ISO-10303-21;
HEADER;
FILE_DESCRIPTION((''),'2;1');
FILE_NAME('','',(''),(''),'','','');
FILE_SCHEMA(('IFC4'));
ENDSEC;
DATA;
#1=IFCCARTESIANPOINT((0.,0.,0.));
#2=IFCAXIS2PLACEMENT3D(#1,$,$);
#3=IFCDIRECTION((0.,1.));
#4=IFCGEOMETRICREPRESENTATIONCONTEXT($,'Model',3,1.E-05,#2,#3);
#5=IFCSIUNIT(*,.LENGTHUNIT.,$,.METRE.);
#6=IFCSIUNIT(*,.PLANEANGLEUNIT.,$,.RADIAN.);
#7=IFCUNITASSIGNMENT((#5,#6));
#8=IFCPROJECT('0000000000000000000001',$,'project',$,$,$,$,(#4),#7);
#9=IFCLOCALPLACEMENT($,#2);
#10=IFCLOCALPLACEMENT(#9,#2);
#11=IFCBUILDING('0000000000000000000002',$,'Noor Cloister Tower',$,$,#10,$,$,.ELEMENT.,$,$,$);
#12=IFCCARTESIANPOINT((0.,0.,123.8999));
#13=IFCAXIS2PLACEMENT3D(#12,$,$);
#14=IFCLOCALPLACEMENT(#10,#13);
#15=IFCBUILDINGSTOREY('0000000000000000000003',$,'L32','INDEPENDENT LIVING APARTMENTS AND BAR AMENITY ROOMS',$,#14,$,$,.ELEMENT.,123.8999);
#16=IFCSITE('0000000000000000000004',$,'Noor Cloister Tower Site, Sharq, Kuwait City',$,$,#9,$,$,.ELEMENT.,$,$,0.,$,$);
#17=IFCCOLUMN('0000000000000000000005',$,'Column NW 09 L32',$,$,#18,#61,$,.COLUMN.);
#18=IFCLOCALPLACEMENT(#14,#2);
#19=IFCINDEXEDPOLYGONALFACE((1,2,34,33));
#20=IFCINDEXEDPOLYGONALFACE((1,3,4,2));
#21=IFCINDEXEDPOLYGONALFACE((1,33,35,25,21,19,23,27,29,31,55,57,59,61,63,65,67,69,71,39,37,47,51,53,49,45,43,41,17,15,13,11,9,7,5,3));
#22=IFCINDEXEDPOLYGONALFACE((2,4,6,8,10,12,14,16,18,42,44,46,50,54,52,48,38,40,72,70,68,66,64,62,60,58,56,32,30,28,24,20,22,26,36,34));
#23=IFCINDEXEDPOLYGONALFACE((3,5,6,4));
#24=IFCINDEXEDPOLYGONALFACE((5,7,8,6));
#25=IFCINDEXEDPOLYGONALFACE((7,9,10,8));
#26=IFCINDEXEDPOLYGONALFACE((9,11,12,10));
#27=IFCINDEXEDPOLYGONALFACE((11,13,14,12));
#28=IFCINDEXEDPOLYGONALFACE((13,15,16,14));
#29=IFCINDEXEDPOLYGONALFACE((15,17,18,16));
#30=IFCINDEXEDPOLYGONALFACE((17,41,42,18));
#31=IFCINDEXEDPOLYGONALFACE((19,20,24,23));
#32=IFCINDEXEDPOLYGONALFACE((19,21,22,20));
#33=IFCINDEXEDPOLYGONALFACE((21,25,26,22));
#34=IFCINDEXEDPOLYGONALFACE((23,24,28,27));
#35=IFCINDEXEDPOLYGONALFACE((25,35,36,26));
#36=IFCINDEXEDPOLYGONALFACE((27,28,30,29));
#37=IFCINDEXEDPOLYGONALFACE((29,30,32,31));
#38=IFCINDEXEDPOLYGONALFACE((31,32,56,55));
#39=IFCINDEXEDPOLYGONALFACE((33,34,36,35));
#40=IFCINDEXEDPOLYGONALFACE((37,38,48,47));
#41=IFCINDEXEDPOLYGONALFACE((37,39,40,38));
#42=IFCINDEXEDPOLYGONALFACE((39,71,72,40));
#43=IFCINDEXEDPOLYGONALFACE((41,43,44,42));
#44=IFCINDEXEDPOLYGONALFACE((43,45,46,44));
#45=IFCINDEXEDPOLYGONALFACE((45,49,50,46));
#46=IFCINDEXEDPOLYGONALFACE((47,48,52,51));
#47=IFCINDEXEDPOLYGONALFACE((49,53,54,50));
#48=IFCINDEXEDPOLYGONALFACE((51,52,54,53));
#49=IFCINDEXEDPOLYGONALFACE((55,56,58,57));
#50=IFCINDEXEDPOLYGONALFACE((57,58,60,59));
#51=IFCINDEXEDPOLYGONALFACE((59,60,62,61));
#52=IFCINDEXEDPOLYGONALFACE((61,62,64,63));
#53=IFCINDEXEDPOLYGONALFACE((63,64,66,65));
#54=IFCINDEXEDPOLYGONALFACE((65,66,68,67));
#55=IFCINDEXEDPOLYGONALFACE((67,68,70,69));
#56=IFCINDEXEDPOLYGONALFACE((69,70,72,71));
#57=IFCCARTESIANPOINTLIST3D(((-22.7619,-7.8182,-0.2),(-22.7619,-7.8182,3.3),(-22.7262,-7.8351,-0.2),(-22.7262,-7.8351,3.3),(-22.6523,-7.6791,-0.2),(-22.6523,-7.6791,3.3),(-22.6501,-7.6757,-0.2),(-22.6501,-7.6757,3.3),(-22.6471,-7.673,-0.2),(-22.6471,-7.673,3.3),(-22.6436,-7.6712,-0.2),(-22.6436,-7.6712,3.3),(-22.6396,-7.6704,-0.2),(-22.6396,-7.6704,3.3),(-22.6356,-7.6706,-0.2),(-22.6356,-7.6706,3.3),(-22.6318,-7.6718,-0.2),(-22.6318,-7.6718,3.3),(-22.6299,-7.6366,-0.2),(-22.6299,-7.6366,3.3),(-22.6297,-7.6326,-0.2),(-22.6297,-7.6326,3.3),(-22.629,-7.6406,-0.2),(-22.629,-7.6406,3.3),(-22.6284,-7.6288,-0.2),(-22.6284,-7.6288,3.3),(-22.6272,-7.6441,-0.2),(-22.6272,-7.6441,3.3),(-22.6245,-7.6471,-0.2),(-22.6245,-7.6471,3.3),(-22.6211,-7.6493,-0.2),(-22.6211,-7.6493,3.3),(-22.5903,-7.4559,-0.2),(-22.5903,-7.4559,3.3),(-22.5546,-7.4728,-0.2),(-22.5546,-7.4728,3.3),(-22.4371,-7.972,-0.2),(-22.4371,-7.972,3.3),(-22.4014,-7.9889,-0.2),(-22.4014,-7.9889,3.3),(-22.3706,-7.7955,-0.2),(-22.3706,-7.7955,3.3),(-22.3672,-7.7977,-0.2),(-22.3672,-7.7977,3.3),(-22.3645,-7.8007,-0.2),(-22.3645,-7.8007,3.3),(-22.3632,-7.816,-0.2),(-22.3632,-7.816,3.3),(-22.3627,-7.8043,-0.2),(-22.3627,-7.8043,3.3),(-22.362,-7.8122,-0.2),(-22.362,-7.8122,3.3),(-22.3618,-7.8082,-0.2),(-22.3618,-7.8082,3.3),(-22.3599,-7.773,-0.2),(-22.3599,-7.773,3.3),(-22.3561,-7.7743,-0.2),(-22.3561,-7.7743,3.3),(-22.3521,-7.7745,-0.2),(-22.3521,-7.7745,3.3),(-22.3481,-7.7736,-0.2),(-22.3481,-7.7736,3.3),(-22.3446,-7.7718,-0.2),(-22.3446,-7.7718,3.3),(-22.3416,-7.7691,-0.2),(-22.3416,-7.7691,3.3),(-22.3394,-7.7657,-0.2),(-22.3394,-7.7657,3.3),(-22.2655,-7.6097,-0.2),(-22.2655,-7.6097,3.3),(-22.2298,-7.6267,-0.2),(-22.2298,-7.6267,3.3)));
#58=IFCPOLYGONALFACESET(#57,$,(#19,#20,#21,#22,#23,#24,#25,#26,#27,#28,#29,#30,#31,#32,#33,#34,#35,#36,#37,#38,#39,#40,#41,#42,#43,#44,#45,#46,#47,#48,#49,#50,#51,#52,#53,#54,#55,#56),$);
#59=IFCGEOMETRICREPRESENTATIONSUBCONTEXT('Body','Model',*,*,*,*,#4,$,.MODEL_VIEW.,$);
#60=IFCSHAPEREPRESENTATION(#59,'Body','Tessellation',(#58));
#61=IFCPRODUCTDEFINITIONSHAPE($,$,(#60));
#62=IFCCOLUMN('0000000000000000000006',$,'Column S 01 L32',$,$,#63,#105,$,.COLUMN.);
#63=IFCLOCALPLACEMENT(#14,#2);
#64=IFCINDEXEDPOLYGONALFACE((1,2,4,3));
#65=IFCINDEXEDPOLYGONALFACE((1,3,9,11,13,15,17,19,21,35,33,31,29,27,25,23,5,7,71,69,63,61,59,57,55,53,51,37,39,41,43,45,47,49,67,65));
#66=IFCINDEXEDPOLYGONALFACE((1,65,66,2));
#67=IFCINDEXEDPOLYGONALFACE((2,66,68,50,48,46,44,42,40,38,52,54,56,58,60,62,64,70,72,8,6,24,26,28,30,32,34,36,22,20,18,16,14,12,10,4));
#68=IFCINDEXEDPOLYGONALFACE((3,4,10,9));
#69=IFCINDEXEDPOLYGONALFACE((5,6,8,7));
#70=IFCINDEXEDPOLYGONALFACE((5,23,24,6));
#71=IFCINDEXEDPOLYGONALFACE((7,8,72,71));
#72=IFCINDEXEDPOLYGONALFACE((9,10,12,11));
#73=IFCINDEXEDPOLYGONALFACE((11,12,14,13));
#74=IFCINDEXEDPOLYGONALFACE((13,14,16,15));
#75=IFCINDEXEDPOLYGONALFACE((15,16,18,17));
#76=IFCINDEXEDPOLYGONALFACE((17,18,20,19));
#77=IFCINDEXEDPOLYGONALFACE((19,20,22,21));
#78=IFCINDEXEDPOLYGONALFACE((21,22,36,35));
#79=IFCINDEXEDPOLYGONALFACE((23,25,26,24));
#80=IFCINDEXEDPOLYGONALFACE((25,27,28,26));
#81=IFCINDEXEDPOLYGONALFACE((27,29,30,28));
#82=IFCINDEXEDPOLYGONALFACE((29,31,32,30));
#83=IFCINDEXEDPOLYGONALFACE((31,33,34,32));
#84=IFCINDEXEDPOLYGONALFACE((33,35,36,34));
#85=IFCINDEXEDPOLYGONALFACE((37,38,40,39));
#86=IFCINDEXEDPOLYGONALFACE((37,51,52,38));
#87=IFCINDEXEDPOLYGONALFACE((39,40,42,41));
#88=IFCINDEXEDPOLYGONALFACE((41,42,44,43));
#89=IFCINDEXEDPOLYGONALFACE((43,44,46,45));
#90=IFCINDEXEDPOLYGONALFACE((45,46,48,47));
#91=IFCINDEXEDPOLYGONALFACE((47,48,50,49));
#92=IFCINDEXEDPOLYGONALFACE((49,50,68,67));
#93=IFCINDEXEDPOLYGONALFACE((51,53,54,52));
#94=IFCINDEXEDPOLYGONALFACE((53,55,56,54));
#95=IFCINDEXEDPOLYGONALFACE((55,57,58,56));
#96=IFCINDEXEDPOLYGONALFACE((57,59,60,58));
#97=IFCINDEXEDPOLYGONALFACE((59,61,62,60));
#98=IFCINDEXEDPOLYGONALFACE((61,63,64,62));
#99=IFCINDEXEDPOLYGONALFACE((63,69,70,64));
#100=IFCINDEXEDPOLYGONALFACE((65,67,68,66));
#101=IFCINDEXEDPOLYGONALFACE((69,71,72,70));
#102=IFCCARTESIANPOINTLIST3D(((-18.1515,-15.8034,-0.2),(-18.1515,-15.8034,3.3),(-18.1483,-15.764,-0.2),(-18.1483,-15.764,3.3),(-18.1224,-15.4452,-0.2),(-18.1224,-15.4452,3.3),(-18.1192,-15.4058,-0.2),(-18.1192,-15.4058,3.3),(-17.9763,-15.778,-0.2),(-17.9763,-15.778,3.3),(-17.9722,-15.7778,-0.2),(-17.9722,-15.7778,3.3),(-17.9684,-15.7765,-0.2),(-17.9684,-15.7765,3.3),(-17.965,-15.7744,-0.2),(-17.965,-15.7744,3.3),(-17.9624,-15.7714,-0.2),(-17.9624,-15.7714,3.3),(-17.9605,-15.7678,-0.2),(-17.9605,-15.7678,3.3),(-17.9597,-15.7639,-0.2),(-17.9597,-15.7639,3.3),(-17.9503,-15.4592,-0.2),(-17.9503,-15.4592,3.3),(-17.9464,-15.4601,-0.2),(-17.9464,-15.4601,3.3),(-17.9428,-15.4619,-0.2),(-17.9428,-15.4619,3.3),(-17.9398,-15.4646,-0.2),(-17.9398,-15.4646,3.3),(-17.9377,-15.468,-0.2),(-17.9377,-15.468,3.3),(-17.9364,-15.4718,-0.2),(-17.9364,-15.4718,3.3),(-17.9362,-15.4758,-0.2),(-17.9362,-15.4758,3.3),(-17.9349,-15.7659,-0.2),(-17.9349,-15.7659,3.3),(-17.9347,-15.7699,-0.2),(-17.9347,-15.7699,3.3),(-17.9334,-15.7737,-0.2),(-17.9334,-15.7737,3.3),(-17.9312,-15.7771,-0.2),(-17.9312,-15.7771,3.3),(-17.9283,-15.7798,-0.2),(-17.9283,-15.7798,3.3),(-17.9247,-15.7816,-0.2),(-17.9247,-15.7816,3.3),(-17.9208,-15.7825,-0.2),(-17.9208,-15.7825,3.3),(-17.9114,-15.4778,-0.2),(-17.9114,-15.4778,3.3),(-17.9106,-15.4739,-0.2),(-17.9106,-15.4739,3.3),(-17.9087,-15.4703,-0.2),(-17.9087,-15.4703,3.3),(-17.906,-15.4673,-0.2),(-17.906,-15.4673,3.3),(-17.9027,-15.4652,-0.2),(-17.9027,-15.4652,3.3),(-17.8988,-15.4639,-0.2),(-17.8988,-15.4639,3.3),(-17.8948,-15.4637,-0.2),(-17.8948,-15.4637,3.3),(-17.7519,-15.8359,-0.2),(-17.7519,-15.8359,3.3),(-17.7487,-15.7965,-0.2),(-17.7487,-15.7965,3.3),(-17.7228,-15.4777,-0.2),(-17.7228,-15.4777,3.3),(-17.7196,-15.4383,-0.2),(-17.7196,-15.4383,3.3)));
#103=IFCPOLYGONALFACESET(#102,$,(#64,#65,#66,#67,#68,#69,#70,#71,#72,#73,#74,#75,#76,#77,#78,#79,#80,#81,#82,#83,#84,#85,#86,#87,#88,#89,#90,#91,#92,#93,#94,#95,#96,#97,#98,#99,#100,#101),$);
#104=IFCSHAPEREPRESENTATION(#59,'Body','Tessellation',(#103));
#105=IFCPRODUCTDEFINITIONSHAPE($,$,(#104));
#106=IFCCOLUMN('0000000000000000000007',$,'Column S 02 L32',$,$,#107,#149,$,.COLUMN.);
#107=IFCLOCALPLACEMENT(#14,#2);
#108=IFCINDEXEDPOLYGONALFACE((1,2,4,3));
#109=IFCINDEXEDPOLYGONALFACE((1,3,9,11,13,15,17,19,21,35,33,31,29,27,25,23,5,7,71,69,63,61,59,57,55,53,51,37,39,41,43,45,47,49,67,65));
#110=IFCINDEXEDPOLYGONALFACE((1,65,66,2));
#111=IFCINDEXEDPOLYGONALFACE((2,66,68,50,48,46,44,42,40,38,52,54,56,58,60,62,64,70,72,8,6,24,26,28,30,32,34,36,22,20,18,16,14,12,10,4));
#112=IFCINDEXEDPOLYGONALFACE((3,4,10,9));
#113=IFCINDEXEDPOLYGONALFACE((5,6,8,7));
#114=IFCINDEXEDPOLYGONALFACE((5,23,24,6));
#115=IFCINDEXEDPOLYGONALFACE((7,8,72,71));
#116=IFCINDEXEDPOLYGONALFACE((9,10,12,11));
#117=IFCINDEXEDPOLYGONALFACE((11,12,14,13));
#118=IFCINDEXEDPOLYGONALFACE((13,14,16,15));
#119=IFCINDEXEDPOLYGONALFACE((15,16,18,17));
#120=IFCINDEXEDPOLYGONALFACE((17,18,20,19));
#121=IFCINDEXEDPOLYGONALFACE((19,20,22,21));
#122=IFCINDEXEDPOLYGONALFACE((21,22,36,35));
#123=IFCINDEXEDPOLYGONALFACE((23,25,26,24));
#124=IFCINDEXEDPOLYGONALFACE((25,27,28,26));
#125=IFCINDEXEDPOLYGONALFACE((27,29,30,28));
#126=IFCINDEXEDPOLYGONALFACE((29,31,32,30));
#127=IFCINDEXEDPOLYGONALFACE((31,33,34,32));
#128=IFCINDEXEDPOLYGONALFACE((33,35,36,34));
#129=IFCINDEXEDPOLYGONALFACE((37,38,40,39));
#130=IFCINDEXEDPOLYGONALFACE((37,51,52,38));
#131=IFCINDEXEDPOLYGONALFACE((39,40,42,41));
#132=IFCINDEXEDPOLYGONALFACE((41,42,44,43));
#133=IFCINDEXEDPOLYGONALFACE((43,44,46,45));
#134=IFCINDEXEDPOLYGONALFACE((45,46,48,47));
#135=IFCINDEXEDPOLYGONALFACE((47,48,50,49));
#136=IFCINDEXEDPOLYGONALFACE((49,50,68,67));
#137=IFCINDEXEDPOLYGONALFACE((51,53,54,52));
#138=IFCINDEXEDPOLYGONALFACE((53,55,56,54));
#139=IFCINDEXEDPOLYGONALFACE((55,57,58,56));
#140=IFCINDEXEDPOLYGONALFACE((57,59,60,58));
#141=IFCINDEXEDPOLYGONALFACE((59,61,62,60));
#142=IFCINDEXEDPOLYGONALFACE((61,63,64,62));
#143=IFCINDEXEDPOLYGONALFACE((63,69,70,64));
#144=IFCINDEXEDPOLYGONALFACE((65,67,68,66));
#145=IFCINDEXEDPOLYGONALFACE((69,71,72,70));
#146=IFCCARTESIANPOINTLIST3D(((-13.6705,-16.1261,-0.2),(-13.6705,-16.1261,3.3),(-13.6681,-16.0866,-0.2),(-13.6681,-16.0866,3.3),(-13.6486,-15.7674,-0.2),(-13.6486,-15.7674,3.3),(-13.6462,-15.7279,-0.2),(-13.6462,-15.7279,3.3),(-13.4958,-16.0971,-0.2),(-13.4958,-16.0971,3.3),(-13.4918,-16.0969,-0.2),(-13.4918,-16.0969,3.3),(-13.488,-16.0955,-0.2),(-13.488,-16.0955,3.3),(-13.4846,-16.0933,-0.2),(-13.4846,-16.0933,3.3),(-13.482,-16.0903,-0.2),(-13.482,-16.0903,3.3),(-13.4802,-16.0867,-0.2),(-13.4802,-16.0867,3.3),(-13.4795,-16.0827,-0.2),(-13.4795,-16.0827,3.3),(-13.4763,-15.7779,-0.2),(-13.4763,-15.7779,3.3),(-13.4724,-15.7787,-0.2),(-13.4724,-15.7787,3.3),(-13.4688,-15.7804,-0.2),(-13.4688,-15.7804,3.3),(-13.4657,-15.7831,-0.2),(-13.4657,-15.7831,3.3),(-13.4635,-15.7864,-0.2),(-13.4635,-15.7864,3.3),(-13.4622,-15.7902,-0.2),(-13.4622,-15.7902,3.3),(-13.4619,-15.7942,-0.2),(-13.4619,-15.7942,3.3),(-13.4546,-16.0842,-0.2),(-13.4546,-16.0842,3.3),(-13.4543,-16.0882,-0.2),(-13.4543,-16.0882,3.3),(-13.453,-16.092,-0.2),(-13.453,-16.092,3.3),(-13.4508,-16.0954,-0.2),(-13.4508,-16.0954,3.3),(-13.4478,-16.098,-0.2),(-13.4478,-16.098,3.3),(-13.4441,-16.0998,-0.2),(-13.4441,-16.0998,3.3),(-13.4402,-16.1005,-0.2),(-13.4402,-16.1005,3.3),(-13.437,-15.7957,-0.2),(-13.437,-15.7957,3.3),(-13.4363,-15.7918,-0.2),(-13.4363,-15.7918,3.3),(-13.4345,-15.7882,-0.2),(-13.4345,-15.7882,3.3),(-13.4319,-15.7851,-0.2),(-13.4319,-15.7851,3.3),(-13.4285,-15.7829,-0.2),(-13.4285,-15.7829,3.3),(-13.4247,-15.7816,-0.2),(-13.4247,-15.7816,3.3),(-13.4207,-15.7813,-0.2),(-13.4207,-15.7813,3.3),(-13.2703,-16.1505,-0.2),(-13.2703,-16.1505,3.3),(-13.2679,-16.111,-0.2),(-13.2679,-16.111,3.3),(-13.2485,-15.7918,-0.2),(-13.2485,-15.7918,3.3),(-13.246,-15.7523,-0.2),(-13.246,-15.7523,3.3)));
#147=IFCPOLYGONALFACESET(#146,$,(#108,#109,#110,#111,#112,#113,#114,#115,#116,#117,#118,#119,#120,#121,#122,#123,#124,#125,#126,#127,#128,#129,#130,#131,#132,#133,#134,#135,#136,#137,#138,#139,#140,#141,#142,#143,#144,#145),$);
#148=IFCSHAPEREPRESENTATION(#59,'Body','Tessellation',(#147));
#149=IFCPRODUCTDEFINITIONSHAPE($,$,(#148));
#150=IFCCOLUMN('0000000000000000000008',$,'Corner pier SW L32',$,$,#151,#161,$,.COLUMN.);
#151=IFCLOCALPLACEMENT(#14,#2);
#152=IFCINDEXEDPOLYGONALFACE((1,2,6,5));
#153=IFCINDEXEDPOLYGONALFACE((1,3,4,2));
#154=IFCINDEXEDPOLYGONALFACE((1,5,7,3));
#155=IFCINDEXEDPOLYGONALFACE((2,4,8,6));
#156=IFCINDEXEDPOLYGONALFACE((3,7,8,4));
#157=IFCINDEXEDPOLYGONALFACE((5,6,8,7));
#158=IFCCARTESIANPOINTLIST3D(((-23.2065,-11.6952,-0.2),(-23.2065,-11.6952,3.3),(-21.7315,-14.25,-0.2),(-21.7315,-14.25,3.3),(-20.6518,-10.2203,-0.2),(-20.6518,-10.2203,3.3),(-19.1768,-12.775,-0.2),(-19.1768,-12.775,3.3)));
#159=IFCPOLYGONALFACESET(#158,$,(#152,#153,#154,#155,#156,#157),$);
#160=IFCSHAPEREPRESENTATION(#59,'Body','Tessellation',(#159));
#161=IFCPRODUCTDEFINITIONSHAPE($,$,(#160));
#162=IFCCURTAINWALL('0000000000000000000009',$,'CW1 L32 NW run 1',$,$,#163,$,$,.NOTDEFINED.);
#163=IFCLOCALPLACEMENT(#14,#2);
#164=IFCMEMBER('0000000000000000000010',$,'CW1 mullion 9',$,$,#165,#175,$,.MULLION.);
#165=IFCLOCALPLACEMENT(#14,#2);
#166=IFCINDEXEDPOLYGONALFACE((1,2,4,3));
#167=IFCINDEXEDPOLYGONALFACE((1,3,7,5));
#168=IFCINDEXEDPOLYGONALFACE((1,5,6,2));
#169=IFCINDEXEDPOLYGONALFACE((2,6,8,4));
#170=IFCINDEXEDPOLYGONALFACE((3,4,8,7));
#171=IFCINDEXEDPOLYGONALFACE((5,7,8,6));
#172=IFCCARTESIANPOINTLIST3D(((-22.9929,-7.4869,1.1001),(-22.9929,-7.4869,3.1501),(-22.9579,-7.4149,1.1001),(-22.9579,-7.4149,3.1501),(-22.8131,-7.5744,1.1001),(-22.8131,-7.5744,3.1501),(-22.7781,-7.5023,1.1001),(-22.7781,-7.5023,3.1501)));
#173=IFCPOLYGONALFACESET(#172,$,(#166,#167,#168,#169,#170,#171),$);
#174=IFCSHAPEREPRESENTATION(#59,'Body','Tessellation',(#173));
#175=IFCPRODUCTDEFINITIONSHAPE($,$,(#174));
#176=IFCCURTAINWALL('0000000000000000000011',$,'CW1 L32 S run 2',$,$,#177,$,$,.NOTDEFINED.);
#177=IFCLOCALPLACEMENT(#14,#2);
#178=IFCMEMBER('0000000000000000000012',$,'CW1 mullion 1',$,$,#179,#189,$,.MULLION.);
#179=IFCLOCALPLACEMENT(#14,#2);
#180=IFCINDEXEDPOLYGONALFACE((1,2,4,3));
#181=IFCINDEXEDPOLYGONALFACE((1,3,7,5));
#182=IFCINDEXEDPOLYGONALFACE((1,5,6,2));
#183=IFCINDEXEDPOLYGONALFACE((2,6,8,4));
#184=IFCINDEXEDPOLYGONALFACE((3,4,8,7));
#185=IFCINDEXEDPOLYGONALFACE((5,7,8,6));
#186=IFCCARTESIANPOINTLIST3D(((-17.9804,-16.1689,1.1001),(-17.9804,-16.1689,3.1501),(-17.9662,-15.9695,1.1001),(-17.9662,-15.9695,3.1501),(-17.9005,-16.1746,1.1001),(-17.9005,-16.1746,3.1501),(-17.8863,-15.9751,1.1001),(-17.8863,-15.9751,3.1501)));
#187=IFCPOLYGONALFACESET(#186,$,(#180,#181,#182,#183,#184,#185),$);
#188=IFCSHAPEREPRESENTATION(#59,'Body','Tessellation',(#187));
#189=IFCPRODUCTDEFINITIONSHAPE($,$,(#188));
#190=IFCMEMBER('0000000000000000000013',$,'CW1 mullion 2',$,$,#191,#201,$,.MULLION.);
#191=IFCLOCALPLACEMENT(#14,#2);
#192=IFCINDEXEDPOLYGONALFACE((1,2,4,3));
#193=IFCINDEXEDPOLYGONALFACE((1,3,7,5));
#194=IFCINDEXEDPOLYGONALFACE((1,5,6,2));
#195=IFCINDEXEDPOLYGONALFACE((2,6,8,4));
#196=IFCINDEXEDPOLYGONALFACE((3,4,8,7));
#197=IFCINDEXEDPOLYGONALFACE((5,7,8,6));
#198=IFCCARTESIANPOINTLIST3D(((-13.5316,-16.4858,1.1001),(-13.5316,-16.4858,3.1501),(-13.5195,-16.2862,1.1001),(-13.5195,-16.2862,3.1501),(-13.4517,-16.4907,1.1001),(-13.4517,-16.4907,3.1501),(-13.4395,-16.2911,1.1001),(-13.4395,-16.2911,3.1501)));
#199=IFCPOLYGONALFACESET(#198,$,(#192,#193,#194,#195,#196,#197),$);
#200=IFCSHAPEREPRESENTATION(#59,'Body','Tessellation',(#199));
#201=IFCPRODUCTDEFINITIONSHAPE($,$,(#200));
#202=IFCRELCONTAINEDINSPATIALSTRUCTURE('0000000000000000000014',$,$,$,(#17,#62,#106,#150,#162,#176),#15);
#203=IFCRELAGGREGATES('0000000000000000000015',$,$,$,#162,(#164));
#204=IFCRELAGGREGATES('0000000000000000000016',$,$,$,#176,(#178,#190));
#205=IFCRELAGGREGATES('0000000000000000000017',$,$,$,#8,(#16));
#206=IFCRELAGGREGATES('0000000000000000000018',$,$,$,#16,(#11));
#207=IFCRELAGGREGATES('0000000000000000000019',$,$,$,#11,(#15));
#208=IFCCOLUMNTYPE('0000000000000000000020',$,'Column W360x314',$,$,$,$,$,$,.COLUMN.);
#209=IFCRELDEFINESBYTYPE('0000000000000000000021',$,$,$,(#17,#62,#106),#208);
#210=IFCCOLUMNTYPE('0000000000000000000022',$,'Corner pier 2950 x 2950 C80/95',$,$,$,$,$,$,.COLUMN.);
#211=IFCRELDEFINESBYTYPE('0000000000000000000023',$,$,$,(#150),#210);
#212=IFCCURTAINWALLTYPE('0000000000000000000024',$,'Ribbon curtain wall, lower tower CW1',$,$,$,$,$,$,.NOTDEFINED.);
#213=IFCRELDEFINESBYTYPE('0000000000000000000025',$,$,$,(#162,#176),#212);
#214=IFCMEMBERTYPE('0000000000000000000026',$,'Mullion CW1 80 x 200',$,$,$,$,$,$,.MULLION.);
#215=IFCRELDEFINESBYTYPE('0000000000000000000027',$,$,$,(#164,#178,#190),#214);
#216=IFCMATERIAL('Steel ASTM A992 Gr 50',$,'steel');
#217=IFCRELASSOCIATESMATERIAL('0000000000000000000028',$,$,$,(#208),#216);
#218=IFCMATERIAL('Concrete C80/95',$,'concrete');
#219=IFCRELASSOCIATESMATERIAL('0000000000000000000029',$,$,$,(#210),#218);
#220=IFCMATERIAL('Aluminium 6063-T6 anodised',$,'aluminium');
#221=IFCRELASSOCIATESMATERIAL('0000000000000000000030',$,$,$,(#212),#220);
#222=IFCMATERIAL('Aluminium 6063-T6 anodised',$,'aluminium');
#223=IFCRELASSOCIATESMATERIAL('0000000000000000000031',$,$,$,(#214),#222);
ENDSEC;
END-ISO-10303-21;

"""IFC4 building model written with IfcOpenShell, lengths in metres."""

from ifc_helpers import new_model, si_unit, direction, frame, origin, origin_2d, place, context, subcontext, project, spatial, rectangle, i_section, extrude, material, material_profile, profile_set, type_object, element, aggregate, save


model = new_model("IFC4")

# Units and contexts
model_context = context("Model", 3, precision=1e-05, world=origin(), true_north=direction((0.0, 1.0)))
body_context = subcontext(model_context, "Body", "Model", "MODEL_VIEW")
ifc_project = project(units=[si_unit("LENGTHUNIT", "METRE"), si_unit("PLANEANGLEUNIT", "RADIAN")], contexts=[model_context])

# Site, building, storey
site_placement = place(None, origin())
site = spatial("IfcSite", under=ifc_project, at=site_placement, Name="Noor Cloister Tower Site, Sharq, Kuwait City", CompositionType="ELEMENT", RefElevation=0.0)
building_placement = place(site_placement, origin())
building = spatial("IfcBuilding", under=site, at=building_placement, Name="Noor Cloister Tower", CompositionType="ELEMENT")
storey_placement = place(building_placement, frame((0.0, 0.0, 123.8999)))
storey = spatial("IfcBuildingStorey", under=building, at=storey_placement, Name="L32", Description="INDEPENDENT LIVING APARTMENTS AND BAR AMENITY ROOMS", CompositionType="ELEMENT", Elevation=123.8999)

# Columns
ifc_material_1 = material(Name="Steel ASTM A992 Gr 50", Category="steel")
ifc_material_profile_1 = material_profile(ifc_material_1, i_section(OverallWidth=0.4009, OverallDepth=0.3989, WebThickness=0.0249, FlangeThickness=0.0396, FilletRadius=0.0154, at=origin_2d()), Name="W360x314")
ifc_profile_set_1 = profile_set([ifc_material_profile_1], Name="Steel ASTM A992 Gr 50")
column_type_1 = type_object("IfcColumnType", Name="Column W360x314", PredefinedType="COLUMN", material=ifc_profile_set_1)
for number, where, z_axis, x_axis, name in (
    (1, (-22.4958, -7.7224, -0.2), (0.0, 0.0, 1.0), (-0.428127, -0.903718, 0.0), "Column NW 09 L32"),
    (2, (-17.9355, -15.6208, -0.2), (0.0, 0.0, 1.0), (0.996707, -0.08109, 0.0), "Column S 01 L32"),
    (3, (-13.4583, -15.9392, -0.2), (0.0, 0.0, 1.0), (0.998147, -0.060847, 0.0), "Column S 02 L32"),
):
    element("IfcColumn", number, at=place(storey_placement, frame(where, z_axis=z_axis, x_axis=x_axis)), inside=storey, type_object=column_type_1, Name=name, PredefinedType="COLUMN", context=body_context, shape_type="SweptSolid", body=[
        extrude(i_section(OverallWidth=0.4009, OverallDepth=0.3989, WebThickness=0.0249, FlangeThickness=0.0396, FilletRadius=0.0154, at=origin_2d()), origin(), (0.0, 0.0, 1.0), 3.5),
    ])
ifc_material_2 = material(Name="Concrete C80/95", Category="concrete")
ifc_material_profile_2 = material_profile(ifc_material_2, rectangle(XDim=2.95, YDim=2.95, at=origin_2d()), Name="RC 2950x2950")
ifc_profile_set_2 = profile_set([ifc_material_profile_2], Name="Concrete C80/95")
column_type_2 = type_object("IfcColumnType", Name="Corner pier 2950 x 2950 C80/95", PredefinedType="COLUMN", material=ifc_profile_set_2)
column_placement = place(storey_placement, frame((-21.1917, -12.2351, -0.2), z_axis=(0.0, 0.0, 1.0), x_axis=(-0.866025, -0.5, 0.0)))
element("IfcColumn", 4, at=column_placement, inside=storey, type_object=column_type_2, Name="Corner pier SW L32", PredefinedType="COLUMN", context=body_context, shape_type="SweptSolid", body=[
    extrude(rectangle(XDim=2.95, YDim=2.95, at=origin_2d()), origin(), (0.0, 0.0, 1.0), 3.5),
])

# Curtain wall, member
ifc_material_3 = material(Name="Aluminium 6063-T6 anodised", Category="aluminium")
curtain_wall_type = type_object("IfcCurtainWallType", Name="Ribbon curtain wall, lower tower CW1", PredefinedType="NOTDEFINED", material=ifc_material_3)
curtain_wall_1_placement = place(storey_placement, origin())
curtain_wall_1 = element("IfcCurtainWall", 5, at=curtain_wall_1_placement, inside=storey, type_object=curtain_wall_type, Name="CW1 L32 NW run 1", PredefinedType="NOTDEFINED")
ifc_material_4 = material(Name="Aluminium 6063-T6 anodised", Category="aluminium")
ifc_material_profile_3 = material_profile(ifc_material_4, rectangle(XDim=0.2, YDim=0.0801, at=origin_2d()), Name="200 x 80 mullion")
ifc_profile_set_3 = profile_set([ifc_material_profile_3], Name="Aluminium 6063-T6 anodised")
member_type = type_object("IfcMemberType", Name="Mullion CW1 80 x 200", PredefinedType="MULLION", material=ifc_profile_set_3)
member_1_placement = place(storey_placement, frame((-22.8855, -7.4946, 1.1001), z_axis=(0.0, 0.0, 1.0), x_axis=(0.899328, -0.437276, 0.0)))
member_1 = element("IfcMember", 6, at=member_1_placement, type_object=member_type, Name="CW1 mullion 9", PredefinedType="MULLION", context=body_context, shape_type="SweptSolid", body=[
    extrude(rectangle(XDim=0.2, YDim=0.0801, at=origin_2d()), origin(), (0.0, 0.0, 1.0), 2.05),
])
aggregate(curtain_wall_1, [member_1])

# Curtain wall, members
curtain_wall_2_placement = place(storey_placement, origin())
curtain_wall_2 = element("IfcCurtainWall", 7, at=curtain_wall_2_placement, inside=storey, type_object=curtain_wall_type, Name="CW1 L32 S run 2", PredefinedType="NOTDEFINED")
member_2_placement = place(storey_placement, frame((-17.9333, -16.072, 1.1001), z_axis=(0.0, 0.0, 1.0), x_axis=(0.070972, 0.997478, 0.0)))
member_2 = element("IfcMember", 8, at=member_2_placement, type_object=member_type, Name="CW1 mullion 1", PredefinedType="MULLION", context=body_context, shape_type="SweptSolid", body=[
    extrude(rectangle(XDim=0.2, YDim=0.0801, at=origin_2d()), origin(), (0.0, 0.0, 1.0), 2.05),
])
member_3_placement = place(storey_placement, frame((-13.4856, -16.3884, 1.1001), z_axis=(0.0, 0.0, 1.0), x_axis=(0.060847, 0.998147, 0.0)))
member_3 = element("IfcMember", 9, at=member_3_placement, type_object=member_type, Name="CW1 mullion 2", PredefinedType="MULLION", context=body_context, shape_type="SweptSolid", body=[
    extrude(rectangle(XDim=0.2, YDim=0.0801, at=origin_2d()), origin(), (0.0, 0.0, 1.0), 2.05),
])

aggregate(curtain_wall_2, [member_2, member_3])

save(model, "model.ifc")
